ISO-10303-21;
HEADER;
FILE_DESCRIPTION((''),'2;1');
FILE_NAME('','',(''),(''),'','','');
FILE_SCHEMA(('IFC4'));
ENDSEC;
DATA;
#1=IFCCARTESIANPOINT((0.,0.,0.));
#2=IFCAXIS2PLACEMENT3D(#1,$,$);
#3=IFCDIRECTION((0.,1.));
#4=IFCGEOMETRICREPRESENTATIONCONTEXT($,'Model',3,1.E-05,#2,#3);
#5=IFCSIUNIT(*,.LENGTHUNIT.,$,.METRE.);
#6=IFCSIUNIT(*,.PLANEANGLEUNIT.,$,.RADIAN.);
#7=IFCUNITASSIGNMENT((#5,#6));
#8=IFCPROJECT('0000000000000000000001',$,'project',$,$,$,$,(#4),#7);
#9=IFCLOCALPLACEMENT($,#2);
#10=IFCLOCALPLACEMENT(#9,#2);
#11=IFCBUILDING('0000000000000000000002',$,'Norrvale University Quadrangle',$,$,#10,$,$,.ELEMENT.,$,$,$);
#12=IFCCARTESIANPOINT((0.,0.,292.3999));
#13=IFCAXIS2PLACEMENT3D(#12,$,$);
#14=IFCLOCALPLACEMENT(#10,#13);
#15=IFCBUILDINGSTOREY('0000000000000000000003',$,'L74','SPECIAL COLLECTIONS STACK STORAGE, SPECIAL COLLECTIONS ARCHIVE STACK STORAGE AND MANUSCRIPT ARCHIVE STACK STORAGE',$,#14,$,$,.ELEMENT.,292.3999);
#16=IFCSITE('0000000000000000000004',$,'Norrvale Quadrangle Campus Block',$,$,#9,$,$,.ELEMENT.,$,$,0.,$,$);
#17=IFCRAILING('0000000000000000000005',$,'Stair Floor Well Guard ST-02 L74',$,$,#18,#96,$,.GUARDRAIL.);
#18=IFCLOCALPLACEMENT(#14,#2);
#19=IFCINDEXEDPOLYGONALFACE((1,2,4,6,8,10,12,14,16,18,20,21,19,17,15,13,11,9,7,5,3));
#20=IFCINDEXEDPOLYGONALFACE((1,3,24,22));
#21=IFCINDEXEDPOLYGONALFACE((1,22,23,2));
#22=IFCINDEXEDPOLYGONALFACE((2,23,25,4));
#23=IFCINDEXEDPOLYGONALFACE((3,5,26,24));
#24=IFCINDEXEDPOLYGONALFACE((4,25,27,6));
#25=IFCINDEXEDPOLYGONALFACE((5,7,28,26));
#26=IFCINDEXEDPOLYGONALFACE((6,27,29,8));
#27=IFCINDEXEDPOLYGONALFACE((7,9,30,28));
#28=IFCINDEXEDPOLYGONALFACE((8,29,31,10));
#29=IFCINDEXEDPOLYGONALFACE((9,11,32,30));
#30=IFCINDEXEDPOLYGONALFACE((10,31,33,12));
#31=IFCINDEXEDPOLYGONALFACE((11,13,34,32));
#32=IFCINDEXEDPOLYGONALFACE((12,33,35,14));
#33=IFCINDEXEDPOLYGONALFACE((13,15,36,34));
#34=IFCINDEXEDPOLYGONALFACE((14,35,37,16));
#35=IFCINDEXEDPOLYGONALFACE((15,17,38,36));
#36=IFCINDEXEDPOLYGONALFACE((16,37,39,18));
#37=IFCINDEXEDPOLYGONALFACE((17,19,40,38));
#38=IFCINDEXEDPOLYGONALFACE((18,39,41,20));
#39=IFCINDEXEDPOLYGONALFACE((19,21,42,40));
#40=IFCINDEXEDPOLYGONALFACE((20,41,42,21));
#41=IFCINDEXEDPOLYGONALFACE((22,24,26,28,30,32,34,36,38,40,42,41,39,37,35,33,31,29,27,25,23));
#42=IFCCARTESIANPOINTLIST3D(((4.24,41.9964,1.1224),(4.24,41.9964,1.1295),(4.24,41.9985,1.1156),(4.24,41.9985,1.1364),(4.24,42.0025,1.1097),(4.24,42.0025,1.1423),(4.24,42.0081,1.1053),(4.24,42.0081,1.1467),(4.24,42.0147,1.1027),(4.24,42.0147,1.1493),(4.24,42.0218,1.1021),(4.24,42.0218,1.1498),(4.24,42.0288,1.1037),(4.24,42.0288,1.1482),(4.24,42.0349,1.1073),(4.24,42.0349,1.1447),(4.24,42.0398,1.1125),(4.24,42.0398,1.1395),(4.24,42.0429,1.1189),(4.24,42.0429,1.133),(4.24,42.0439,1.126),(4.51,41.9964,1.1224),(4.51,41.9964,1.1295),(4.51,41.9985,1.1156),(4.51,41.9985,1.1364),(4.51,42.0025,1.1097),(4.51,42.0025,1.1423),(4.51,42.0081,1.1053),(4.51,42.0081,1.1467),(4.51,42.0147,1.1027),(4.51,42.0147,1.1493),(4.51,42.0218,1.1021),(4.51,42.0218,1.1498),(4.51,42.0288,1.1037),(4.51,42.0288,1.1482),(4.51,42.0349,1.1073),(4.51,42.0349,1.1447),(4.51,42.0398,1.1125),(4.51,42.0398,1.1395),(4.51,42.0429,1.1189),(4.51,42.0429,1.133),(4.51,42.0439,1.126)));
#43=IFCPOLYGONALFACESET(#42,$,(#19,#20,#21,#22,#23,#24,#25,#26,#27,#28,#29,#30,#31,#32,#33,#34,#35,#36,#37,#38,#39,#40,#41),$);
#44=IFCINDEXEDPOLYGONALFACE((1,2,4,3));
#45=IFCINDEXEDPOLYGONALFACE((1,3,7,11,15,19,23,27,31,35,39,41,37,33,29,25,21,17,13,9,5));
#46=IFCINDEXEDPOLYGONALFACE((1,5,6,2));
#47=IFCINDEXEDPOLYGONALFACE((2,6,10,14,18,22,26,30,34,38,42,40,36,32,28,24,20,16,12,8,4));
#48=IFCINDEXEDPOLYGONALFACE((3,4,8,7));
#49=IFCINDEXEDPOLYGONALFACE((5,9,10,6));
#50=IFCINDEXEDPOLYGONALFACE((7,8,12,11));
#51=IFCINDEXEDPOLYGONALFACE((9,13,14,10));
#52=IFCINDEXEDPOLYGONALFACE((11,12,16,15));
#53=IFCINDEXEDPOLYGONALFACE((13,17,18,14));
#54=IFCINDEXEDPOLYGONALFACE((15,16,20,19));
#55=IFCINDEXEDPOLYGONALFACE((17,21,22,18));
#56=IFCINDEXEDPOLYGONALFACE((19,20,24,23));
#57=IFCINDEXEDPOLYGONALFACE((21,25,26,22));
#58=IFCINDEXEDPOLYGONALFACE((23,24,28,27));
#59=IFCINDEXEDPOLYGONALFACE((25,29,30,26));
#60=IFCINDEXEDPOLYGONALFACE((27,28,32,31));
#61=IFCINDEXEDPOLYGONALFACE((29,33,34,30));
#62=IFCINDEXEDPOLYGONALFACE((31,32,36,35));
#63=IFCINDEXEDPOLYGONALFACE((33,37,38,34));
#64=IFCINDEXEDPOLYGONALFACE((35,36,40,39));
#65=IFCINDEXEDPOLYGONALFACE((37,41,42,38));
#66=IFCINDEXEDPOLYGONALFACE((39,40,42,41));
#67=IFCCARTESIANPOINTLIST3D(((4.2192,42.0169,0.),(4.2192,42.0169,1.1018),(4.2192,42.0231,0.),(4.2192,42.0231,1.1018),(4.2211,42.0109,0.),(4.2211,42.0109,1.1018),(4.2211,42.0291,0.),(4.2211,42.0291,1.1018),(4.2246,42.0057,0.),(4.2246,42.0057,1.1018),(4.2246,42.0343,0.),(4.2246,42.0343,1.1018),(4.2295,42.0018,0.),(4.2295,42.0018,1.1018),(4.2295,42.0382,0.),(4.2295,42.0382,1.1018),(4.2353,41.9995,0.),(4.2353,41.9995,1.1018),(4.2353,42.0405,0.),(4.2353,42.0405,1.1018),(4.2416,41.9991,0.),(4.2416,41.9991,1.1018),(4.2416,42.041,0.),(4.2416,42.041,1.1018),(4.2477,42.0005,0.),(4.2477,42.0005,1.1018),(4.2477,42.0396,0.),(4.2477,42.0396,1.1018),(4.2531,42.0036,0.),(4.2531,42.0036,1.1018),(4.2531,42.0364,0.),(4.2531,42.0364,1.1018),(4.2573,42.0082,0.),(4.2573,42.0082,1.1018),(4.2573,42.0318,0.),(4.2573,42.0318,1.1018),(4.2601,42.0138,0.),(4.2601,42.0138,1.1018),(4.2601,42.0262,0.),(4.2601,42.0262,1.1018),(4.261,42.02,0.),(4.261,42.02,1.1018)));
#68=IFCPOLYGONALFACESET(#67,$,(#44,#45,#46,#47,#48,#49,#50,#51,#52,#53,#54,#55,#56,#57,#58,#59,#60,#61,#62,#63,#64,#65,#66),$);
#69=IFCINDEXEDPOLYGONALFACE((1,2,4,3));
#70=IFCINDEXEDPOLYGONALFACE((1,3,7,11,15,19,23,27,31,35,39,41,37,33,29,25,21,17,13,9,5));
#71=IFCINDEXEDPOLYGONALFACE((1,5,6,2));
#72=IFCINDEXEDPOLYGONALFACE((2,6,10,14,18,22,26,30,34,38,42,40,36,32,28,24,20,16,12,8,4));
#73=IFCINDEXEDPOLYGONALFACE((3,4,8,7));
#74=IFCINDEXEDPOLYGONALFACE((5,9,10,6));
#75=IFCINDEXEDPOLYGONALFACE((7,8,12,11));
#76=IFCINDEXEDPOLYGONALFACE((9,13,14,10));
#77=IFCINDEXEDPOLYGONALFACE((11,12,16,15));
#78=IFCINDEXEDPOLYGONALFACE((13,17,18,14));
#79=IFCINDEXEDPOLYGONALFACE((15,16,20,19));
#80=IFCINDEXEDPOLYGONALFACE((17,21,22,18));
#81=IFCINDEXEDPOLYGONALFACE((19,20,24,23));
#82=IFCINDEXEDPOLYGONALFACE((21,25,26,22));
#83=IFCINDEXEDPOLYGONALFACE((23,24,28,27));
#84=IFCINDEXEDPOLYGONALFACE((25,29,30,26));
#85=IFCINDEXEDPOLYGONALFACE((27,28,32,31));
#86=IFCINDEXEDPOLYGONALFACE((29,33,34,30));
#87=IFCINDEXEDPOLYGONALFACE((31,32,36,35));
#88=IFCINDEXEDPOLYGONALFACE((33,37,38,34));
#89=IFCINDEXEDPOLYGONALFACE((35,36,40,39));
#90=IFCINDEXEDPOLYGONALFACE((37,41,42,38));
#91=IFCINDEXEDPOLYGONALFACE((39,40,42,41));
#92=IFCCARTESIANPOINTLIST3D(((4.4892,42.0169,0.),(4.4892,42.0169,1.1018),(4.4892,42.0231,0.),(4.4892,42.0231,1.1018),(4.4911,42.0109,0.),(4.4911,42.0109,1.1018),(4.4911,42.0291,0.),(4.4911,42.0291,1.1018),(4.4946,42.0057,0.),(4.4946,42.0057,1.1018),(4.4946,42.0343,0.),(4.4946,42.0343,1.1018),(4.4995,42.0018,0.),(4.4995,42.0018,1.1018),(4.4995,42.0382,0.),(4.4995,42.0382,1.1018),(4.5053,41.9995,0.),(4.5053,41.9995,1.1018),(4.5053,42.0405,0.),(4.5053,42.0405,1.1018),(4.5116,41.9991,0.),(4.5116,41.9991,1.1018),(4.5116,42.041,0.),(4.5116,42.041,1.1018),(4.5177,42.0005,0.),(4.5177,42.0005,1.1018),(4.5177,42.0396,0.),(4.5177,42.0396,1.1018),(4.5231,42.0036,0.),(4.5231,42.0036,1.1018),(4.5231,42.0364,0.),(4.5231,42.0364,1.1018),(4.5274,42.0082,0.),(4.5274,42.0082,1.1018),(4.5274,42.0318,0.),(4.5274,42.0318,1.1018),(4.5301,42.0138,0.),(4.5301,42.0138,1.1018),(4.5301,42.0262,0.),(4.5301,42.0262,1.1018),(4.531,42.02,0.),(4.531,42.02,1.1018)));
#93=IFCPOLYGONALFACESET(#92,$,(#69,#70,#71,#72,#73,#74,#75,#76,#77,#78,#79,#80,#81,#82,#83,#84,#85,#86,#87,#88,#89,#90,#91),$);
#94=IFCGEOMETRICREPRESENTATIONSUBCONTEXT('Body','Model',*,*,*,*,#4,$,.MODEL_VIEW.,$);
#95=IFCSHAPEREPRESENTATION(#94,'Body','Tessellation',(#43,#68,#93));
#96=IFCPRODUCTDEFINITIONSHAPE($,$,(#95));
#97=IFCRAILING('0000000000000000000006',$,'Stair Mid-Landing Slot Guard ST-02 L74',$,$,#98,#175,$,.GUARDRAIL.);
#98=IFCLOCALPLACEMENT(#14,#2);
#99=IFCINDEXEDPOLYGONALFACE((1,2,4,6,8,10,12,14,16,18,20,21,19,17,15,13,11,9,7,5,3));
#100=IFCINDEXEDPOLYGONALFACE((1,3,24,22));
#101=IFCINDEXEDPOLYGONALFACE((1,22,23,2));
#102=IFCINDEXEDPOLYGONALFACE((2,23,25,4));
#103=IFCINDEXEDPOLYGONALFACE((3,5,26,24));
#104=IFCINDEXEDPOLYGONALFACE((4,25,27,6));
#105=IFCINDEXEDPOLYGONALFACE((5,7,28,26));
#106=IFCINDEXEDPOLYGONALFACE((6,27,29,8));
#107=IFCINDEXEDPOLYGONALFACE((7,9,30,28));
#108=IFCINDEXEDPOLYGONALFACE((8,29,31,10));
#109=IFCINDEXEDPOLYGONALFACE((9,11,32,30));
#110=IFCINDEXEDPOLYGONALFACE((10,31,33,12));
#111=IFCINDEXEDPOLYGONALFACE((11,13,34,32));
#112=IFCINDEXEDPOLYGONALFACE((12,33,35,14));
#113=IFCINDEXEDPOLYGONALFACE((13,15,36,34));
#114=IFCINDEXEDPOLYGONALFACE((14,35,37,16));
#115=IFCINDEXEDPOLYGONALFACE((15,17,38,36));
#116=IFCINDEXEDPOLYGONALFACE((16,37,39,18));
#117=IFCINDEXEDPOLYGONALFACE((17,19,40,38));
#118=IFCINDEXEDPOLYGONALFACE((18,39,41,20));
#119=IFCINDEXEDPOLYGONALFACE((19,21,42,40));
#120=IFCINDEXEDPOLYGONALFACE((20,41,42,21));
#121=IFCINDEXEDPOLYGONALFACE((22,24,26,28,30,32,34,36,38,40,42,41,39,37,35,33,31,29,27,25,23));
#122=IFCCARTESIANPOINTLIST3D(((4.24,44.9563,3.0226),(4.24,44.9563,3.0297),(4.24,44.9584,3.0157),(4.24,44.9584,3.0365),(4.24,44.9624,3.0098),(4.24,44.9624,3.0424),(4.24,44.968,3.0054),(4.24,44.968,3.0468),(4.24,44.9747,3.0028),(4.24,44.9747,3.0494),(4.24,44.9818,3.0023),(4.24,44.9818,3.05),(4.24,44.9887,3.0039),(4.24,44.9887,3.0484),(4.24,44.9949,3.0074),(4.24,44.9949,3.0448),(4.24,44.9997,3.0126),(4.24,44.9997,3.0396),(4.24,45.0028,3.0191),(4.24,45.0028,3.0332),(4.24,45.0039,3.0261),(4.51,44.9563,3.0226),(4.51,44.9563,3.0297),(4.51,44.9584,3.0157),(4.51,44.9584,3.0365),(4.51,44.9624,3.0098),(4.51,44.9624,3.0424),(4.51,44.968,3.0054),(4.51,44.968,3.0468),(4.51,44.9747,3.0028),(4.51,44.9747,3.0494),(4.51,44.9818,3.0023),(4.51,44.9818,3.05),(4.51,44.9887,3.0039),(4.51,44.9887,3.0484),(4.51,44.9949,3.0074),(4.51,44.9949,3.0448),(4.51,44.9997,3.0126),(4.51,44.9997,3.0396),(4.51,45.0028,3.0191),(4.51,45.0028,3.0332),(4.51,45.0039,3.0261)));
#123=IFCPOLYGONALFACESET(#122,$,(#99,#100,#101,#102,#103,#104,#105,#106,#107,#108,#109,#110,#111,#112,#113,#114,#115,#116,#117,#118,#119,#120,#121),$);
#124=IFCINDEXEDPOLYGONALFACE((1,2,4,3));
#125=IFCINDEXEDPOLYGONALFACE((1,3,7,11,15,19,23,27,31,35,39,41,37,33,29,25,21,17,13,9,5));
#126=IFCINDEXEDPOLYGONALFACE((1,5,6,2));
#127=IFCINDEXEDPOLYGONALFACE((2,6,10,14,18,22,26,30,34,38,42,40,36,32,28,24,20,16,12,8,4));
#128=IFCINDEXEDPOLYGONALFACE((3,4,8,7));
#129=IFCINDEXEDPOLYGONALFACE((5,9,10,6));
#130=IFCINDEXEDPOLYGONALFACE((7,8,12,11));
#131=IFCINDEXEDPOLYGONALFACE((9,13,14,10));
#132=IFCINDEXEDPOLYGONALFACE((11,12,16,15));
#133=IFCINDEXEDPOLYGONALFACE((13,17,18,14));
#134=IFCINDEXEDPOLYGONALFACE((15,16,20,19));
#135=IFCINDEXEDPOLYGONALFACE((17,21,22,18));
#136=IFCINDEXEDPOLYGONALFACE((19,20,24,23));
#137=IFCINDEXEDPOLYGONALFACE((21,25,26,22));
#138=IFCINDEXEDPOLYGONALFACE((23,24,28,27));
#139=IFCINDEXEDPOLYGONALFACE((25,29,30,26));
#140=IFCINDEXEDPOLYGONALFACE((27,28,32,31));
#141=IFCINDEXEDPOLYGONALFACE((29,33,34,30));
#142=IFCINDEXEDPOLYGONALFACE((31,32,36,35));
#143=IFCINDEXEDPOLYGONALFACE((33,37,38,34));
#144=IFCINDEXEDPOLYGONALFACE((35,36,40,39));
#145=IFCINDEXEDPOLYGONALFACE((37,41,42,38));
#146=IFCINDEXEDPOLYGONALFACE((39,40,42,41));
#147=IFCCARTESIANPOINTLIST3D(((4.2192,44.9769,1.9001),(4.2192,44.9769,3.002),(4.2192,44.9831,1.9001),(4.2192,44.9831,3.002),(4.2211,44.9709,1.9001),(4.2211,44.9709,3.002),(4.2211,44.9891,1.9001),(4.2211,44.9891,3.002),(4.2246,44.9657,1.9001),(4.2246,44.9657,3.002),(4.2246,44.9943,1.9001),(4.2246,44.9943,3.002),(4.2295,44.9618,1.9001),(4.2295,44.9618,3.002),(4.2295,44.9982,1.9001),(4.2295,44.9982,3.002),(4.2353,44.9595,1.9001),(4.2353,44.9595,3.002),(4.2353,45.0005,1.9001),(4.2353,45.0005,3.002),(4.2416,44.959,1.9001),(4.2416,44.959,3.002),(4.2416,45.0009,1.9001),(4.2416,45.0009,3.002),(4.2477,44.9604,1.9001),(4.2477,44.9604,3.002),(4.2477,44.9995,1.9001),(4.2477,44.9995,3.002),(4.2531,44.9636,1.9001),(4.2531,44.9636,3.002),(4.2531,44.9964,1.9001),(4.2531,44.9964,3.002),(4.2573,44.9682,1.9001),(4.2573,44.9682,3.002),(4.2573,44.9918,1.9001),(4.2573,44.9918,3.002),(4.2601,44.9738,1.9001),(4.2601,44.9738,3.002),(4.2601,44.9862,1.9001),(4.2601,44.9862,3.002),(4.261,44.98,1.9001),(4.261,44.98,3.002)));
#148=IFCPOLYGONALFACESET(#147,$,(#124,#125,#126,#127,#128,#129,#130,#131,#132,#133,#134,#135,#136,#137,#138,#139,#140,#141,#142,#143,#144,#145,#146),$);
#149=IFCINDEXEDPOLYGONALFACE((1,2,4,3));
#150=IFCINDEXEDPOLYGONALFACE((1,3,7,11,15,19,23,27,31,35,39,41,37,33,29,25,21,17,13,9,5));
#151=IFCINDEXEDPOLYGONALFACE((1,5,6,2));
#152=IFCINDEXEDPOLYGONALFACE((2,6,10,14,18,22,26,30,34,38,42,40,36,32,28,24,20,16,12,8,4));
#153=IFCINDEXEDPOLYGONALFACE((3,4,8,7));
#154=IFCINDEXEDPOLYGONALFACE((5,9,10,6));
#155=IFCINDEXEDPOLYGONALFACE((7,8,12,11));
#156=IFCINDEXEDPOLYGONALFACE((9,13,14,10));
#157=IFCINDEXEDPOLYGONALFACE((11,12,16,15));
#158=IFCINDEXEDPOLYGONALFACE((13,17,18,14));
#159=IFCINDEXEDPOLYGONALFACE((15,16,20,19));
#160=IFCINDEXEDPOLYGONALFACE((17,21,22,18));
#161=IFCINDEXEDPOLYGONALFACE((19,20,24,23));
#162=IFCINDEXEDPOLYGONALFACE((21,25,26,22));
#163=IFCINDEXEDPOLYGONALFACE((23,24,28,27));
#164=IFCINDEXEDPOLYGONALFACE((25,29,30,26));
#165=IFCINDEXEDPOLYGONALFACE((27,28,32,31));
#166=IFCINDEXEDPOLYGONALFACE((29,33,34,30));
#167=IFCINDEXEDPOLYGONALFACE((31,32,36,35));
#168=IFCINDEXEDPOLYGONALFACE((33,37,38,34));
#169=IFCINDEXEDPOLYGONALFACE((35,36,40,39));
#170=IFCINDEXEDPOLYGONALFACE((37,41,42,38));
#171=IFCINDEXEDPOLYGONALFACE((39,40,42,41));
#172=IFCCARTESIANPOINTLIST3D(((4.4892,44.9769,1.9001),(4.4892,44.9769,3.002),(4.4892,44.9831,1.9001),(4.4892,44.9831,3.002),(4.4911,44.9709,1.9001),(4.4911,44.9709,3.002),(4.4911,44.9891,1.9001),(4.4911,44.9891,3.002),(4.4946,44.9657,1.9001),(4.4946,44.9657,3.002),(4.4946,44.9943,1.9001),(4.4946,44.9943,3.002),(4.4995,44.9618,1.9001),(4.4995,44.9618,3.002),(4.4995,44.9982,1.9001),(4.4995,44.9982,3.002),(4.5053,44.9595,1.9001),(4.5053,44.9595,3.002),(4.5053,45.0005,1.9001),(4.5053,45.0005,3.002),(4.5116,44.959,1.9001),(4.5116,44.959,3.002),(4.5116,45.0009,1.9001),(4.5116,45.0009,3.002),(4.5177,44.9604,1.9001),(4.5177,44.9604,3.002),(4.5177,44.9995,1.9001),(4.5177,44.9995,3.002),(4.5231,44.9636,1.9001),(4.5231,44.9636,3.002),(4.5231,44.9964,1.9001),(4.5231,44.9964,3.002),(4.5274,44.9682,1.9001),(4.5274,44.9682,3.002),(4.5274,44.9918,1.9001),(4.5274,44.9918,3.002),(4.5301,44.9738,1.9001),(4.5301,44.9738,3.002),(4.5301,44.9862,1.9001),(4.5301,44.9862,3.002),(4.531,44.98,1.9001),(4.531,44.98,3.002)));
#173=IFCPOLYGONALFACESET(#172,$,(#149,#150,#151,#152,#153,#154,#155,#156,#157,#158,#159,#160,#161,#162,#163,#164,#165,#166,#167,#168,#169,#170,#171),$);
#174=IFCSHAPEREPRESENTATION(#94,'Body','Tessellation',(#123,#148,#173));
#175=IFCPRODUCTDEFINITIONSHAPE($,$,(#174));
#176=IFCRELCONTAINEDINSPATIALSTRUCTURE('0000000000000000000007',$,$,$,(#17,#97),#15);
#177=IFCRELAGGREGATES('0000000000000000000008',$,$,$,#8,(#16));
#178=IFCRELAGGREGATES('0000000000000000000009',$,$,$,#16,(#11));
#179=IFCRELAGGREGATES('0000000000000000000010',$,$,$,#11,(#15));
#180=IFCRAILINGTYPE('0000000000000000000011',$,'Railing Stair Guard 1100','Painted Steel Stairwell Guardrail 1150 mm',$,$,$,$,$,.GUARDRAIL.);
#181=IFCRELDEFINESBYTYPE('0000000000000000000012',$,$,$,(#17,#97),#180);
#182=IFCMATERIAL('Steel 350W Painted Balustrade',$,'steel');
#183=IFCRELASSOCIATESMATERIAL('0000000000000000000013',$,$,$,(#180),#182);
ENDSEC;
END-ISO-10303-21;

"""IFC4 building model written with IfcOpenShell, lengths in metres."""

from ifc_helpers import new_model, si_unit, direction, frame, origin, origin_2d, place, context, subcontext, project, spatial, circle, extrude, material, type_object, element, save


model = new_model("IFC4")

# Units and contexts
model_context = context("Model", 3, precision=1e-05, world=origin(), true_north=direction((0.0, 1.0)))
body_context = subcontext(model_context, "Body", "Model", "MODEL_VIEW")
ifc_project = project(units=[si_unit("LENGTHUNIT", "METRE"), si_unit("PLANEANGLEUNIT", "RADIAN")], contexts=[model_context])

# Site, building, storey
site_placement = place(None, origin())
site = spatial("IfcSite", under=ifc_project, at=site_placement, Name="Norrvale Quadrangle Campus Block", CompositionType="ELEMENT", RefElevation=0.0)
building_placement = place(site_placement, origin())
building = spatial("IfcBuilding", under=site, at=building_placement, Name="Norrvale University Quadrangle", CompositionType="ELEMENT")
storey_placement = place(building_placement, frame((0.0, 0.0, 292.3999)))
storey = spatial("IfcBuildingStorey", under=building, at=storey_placement, Name="L74", Description="SPECIAL COLLECTIONS STACK STORAGE, SPECIAL COLLECTIONS ARCHIVE STACK STORAGE AND MANUSCRIPT ARCHIVE STACK STORAGE", CompositionType="ELEMENT", Elevation=292.3999)

# Railings
ifc_material_1 = material(Name="Steel 350W Painted Balustrade", Category="steel")
railing_type_1 = type_object("IfcRailingType", Name="Railing Stair Guard 1100", Description="Painted Steel Stairwell Guardrail 1150 mm", PredefinedType="GUARDRAIL", material=ifc_material_1)
for number, where, name in (
    (1, (4.24, 42.02, 0.0), "Stair Floor Well Guard ST-02 L74"),
    (2, (4.24, 44.98, 1.9001), "Stair Mid-Landing Slot Guard ST-02 L74"),
):
    element("IfcRailing", number, at=place(storey_placement, frame(where)), inside=storey, type_object=railing_type_1, Name=name, PredefinedType="GUARDRAIL", context=body_context, shape_type="SweptSolid", body=[
        extrude(circle(Radius=0.0239, at=origin_2d()), frame((0.0, 0.0, 1.126), z_axis=(1.0, 0.0, 0.0), x_axis=(0.0, 1.0, 0.0)), (0.0, 0.0, 1.0), 0.27),
        extrude(circle(Radius=0.021, at=origin_2d()), origin(), (0.0, 0.0, 1.0), 1.1018),
        extrude(circle(Radius=0.021, at=origin_2d()), frame((0.27, 0.0, 0.0)), (0.0, 0.0, 1.0), 1.1018),
    ])

save(model, "model.ifc")
